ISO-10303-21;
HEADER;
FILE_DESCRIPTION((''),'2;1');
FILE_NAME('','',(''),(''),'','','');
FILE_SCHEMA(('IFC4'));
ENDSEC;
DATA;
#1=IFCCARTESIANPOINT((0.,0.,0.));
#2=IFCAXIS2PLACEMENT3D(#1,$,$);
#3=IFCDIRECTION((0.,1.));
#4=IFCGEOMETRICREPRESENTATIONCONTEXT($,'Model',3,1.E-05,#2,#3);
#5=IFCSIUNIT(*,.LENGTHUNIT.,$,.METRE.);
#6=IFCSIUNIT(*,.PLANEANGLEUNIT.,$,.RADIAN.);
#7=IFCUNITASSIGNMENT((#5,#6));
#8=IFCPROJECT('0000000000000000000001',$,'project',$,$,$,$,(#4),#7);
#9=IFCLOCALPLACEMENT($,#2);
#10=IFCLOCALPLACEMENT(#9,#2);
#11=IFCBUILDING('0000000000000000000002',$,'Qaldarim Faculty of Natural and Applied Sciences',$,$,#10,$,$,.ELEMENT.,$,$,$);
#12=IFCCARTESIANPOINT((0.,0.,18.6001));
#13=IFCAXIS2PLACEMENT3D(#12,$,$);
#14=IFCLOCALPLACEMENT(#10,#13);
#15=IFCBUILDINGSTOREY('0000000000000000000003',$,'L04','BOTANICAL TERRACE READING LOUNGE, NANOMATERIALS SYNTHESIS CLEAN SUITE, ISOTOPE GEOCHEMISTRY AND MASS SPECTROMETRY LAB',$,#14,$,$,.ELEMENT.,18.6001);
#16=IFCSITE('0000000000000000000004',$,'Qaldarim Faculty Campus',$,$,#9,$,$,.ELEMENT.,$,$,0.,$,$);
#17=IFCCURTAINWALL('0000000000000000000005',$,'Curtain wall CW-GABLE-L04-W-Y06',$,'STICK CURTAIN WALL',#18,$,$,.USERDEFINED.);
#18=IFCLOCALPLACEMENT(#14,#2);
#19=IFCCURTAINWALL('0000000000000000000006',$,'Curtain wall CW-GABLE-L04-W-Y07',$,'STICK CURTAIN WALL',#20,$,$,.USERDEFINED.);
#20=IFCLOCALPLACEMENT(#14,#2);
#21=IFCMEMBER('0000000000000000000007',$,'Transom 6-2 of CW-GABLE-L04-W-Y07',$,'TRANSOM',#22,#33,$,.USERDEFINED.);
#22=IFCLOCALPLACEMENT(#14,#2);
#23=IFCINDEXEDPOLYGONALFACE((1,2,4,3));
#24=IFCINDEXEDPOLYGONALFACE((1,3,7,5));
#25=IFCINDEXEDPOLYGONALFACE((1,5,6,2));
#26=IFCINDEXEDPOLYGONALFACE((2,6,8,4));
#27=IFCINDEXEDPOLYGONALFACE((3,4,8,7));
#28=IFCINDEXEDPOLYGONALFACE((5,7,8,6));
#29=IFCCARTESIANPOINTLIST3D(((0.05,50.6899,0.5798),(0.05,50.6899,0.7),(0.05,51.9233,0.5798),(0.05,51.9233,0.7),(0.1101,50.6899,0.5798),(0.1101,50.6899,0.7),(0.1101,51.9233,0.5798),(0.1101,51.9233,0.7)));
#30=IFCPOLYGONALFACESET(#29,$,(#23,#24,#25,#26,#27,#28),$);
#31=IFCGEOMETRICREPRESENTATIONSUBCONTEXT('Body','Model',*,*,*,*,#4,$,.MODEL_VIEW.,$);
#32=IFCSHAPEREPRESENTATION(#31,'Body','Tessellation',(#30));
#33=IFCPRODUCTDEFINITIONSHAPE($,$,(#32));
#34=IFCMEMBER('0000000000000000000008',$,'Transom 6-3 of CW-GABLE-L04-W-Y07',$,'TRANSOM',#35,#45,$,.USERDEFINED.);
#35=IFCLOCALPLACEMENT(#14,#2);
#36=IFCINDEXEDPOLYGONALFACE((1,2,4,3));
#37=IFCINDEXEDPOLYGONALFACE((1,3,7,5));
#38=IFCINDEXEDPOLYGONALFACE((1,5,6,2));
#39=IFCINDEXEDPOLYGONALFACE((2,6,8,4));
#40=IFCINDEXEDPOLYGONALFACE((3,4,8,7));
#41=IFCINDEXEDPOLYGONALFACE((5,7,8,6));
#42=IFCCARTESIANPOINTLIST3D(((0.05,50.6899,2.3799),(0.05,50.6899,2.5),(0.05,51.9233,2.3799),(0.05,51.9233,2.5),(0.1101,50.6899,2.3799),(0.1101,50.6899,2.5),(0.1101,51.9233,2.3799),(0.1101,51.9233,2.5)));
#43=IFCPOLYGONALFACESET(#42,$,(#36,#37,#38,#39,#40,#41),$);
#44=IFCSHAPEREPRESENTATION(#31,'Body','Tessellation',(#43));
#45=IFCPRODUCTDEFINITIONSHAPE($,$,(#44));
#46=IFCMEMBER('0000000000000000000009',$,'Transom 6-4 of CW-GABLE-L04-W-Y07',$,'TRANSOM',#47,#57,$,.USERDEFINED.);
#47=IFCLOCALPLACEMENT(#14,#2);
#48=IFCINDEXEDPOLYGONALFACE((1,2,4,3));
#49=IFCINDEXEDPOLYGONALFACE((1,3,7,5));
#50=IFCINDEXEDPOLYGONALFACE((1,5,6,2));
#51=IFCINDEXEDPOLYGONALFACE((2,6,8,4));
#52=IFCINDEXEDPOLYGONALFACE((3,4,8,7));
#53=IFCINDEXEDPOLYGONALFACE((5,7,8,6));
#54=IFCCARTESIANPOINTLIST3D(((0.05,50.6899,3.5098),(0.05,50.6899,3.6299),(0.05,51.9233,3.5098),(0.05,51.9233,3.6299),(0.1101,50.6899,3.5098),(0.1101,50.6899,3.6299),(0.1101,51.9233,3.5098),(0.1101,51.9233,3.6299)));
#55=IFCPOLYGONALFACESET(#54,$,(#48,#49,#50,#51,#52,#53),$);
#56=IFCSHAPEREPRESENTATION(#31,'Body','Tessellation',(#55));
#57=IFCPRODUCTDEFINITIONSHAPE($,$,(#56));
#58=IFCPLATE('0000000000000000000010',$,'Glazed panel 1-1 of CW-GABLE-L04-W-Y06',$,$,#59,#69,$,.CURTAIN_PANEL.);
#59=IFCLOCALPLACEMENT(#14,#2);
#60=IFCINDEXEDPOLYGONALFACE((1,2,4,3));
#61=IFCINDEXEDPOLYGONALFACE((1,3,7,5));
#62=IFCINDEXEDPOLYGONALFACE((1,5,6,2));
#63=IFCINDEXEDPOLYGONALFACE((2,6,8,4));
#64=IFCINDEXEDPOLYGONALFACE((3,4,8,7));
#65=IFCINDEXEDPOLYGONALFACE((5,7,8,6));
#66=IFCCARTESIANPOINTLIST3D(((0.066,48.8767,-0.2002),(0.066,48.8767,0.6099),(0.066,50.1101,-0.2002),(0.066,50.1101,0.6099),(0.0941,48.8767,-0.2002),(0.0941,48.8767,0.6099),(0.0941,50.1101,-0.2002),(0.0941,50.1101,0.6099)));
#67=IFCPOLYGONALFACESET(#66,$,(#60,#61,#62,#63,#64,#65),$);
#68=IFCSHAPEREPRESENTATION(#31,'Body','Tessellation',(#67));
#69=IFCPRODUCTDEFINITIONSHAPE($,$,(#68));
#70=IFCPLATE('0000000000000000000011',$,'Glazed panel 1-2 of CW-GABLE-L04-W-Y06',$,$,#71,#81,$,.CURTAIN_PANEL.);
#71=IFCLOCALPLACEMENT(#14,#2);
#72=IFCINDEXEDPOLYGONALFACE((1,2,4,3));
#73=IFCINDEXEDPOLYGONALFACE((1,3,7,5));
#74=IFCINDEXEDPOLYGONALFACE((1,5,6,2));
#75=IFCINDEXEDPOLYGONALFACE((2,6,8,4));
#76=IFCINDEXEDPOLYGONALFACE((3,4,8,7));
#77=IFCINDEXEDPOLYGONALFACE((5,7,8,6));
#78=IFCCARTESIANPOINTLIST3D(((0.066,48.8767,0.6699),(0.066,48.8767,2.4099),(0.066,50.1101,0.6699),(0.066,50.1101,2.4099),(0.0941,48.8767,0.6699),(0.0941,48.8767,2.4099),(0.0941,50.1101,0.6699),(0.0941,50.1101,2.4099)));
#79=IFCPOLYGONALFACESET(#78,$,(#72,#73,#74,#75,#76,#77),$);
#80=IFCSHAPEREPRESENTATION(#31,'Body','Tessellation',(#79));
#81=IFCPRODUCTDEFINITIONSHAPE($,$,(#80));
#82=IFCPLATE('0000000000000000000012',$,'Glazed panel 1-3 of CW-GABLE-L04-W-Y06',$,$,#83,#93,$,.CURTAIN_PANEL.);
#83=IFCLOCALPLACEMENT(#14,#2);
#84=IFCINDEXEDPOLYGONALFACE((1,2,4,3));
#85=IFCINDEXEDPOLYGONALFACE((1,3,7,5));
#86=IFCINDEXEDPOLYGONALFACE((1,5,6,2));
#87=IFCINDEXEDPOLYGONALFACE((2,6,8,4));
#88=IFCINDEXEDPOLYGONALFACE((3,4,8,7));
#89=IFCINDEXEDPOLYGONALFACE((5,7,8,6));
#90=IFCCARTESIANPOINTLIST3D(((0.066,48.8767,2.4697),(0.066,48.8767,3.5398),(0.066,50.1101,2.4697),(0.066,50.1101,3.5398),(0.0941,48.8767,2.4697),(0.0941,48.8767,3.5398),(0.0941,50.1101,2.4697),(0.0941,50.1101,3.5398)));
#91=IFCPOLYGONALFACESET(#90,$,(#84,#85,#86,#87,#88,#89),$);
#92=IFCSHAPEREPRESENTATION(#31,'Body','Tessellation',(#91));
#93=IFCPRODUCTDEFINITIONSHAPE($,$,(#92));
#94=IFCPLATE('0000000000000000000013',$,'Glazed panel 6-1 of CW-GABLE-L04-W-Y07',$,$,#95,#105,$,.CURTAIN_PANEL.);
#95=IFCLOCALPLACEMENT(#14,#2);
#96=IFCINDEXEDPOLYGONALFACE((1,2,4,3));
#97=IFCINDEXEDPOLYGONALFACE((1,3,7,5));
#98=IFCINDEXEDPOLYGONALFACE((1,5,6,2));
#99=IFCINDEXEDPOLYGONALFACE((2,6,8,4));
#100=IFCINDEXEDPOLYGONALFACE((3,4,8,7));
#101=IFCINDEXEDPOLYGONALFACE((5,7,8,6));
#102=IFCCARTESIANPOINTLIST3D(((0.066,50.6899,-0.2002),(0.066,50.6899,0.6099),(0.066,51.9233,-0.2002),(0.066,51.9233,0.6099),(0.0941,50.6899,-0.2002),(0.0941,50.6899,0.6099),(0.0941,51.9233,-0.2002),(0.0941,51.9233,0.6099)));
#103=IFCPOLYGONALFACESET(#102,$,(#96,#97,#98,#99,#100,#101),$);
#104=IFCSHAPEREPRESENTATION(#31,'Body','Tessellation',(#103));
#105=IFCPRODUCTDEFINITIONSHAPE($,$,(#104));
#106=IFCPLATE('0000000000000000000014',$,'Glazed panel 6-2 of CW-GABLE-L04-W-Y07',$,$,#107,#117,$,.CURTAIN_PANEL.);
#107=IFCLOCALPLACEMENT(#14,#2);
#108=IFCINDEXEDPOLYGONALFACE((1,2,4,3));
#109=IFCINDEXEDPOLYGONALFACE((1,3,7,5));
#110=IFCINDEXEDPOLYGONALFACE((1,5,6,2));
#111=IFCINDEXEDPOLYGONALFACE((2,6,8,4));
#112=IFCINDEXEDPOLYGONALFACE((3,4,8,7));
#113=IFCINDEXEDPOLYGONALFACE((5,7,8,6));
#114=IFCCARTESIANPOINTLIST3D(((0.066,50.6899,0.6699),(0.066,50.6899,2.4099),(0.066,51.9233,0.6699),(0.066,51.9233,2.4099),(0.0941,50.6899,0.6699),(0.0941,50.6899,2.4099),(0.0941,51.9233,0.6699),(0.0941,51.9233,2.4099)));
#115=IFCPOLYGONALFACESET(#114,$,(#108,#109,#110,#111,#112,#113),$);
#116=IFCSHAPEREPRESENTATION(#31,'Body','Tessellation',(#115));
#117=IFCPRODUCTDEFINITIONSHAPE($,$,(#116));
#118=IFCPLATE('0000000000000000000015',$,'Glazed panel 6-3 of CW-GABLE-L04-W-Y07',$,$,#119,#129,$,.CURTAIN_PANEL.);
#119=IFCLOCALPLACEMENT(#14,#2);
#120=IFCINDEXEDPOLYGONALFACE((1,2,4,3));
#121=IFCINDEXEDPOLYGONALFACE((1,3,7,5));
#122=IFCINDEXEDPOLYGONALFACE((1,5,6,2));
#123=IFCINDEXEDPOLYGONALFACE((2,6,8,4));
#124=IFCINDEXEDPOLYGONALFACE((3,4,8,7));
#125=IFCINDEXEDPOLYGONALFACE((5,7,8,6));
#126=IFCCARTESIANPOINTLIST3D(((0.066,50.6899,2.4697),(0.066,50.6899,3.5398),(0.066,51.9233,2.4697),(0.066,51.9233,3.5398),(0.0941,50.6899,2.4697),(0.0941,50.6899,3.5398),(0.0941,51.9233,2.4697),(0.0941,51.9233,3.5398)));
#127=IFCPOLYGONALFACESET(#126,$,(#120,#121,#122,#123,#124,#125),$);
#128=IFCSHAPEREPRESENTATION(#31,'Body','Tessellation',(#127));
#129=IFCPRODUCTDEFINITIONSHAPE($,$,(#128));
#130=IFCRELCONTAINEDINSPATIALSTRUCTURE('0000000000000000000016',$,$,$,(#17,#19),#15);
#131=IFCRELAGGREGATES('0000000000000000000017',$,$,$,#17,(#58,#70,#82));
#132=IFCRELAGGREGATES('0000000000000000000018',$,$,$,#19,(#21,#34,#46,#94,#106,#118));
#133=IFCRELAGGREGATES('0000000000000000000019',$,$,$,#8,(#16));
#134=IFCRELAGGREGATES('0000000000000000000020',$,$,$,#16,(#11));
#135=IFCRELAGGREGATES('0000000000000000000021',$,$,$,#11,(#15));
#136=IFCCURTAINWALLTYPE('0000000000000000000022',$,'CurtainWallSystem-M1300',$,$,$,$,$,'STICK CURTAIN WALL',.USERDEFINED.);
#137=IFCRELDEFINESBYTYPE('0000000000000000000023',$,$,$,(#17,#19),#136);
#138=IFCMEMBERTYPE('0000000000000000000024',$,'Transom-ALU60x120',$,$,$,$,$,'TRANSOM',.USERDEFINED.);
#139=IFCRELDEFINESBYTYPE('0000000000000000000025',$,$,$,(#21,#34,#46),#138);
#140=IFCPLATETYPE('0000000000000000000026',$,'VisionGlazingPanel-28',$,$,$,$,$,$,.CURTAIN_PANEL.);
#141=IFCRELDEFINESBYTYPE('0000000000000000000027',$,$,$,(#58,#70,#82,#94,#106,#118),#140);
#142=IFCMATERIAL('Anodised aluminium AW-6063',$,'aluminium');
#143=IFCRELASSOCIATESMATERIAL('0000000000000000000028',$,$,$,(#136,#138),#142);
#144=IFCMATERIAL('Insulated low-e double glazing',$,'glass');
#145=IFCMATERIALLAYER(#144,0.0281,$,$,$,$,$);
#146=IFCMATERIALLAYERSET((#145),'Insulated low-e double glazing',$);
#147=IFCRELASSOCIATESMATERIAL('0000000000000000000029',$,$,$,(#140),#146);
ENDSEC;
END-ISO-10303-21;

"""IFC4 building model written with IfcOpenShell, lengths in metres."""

from ifc_helpers import new_model, si_unit, direction, frame, origin, origin_2d, place, context, subcontext, project, spatial, rectangle, extrude, material, layer, layer_set, material_profile, profile_set, type_object, element, aggregate, save


model = new_model("IFC4")

# Units and contexts
model_context = context("Model", 3, precision=1e-05, world=origin(), true_north=direction((0.0, 1.0)))
body_context = subcontext(model_context, "Body", "Model", "MODEL_VIEW")
ifc_project = project(units=[si_unit("LENGTHUNIT", "METRE"), si_unit("PLANEANGLEUNIT", "RADIAN")], contexts=[model_context])

# Site, building, storey
site_placement = place(None, origin())
site = spatial("IfcSite", under=ifc_project, at=site_placement, Name="Qaldarim Faculty Campus", CompositionType="ELEMENT", RefElevation=0.0)
building_placement = place(site_placement, origin())
building = spatial("IfcBuilding", under=site, at=building_placement, Name="Qaldarim Faculty of Natural and Applied Sciences", CompositionType="ELEMENT")
storey_placement = place(building_placement, frame((0.0, 0.0, 18.6001)))
storey = spatial("IfcBuildingStorey", under=building, at=storey_placement, Name="L04", Description="BOTANICAL TERRACE READING LOUNGE, NANOMATERIALS SYNTHESIS CLEAN SUITE, ISOTOPE GEOCHEMISTRY AND MASS SPECTROMETRY LAB", CompositionType="ELEMENT", Elevation=18.6001)

# Curtain wall
ifc_material_1 = material(Name="Anodised aluminium AW-6063", Category="aluminium")
curtain_wall_type = type_object("IfcCurtainWallType", Name="CurtainWallSystem-M1300", ElementType="STICK CURTAIN WALL", PredefinedType="USERDEFINED", material=ifc_material_1)
curtain_wall_1_placement = place(storey_placement, origin())
curtain_wall_1 = element("IfcCurtainWall", 1, at=curtain_wall_1_placement, inside=storey, type_object=curtain_wall_type, Name="Curtain wall CW-GABLE-L04-W-Y06", ObjectType="STICK CURTAIN WALL", PredefinedType="USERDEFINED")

# Curtain wall
curtain_wall_2_placement = place(storey_placement, origin())
curtain_wall_2 = element("IfcCurtainWall", 2, at=curtain_wall_2_placement, inside=storey, type_object=curtain_wall_type, Name="Curtain wall CW-GABLE-L04-W-Y07", ObjectType="STICK CURTAIN WALL", PredefinedType="USERDEFINED")

# Members
ifc_material_profile_1 = material_profile(ifc_material_1, rectangle(XDim=0.0601, YDim=0.1201, at=origin_2d()), Name="ALU-T60x120")
ifc_profile_set_1 = profile_set([ifc_material_profile_1], Name="Anodised aluminium AW-6063")
member_type_1 = type_object("IfcMemberType", Name="Transom-ALU60x120", ElementType="TRANSOM", PredefinedType="USERDEFINED", material=ifc_profile_set_1)
member_1_placement = place(storey_placement, frame((0.0801, 51.9233, 0.6399), z_axis=(0.0, -1.0, 0.0), x_axis=(1.0, 0.0, 0.0)))
member_1 = element("IfcMember", 3, at=member_1_placement, type_object=member_type_1, Name="Transom 6-2 of CW-GABLE-L04-W-Y07", ObjectType="TRANSOM", PredefinedType="USERDEFINED", context=body_context, shape_type="SweptSolid", body=[
    extrude(rectangle(XDim=0.0601, YDim=0.1201, at=origin_2d()), origin(), (0.0, 0.0, 1.0), 1.2334),
])
member_2_placement = place(storey_placement, frame((0.0801, 51.9233, 2.4399), z_axis=(0.0, -1.0, 0.0), x_axis=(1.0, 0.0, 0.0)))
member_2 = element("IfcMember", 4, at=member_2_placement, type_object=member_type_1, Name="Transom 6-3 of CW-GABLE-L04-W-Y07", ObjectType="TRANSOM", PredefinedType="USERDEFINED", context=body_context, shape_type="SweptSolid", body=[
    extrude(rectangle(XDim=0.0601, YDim=0.1201, at=origin_2d()), origin(), (0.0, 0.0, 1.0), 1.2334),
])
member_3_placement = place(storey_placement, frame((0.0801, 51.9233, 3.5698), z_axis=(0.0, -1.0, 0.0), x_axis=(1.0, 0.0, 0.0)))
member_3 = element("IfcMember", 5, at=member_3_placement, type_object=member_type_1, Name="Transom 6-4 of CW-GABLE-L04-W-Y07", ObjectType="TRANSOM", PredefinedType="USERDEFINED", context=body_context, shape_type="SweptSolid", body=[
    extrude(rectangle(XDim=0.0601, YDim=0.1201, at=origin_2d()), origin(), (0.0, 0.0, 1.0), 1.2334),
])

# Plates
ifc_material_2 = material(Name="Insulated low-e double glazing", Category="glass")
ifc_layer = layer(ifc_material_2, 0.0281)
ifc_layer_set = layer_set([ifc_layer], Name="Insulated low-e double glazing")
plate_type = type_object("IfcPlateType", Name="VisionGlazingPanel-28", PredefinedType="CURTAIN_PANEL", material=ifc_layer_set)
plate_1_placement = place(storey_placement, frame((0.0801, 49.4934, -0.2002), z_axis=(0.0, 0.0, 1.0), x_axis=(0.0, -1.0, 0.0)))
plate_1 = element("IfcPlate", 6, at=plate_1_placement, type_object=plate_type, Name="Glazed panel 1-1 of CW-GABLE-L04-W-Y06", PredefinedType="CURTAIN_PANEL", context=body_context, shape_type="SweptSolid", body=[
    extrude(rectangle(XDim=1.2334, YDim=0.0281, at=origin_2d()), origin(), (0.0, 0.0, 1.0), 0.8101),
])
plate_2_placement = place(storey_placement, frame((0.0801, 49.4934, 0.6699), z_axis=(0.0, 0.0, 1.0), x_axis=(0.0, -1.0, 0.0)))
plate_2 = element("IfcPlate", 7, at=plate_2_placement, type_object=plate_type, Name="Glazed panel 1-2 of CW-GABLE-L04-W-Y06", PredefinedType="CURTAIN_PANEL", context=body_context, shape_type="SweptSolid", body=[
    extrude(rectangle(XDim=1.2334, YDim=0.0281, at=origin_2d()), origin(), (0.0, 0.0, 1.0), 1.74),
])
plate_3_placement = place(storey_placement, frame((0.0801, 49.4934, 2.4697), z_axis=(0.0, 0.0, 1.0), x_axis=(0.0, -1.0, 0.0)))
plate_3 = element("IfcPlate", 8, at=plate_3_placement, type_object=plate_type, Name="Glazed panel 1-3 of CW-GABLE-L04-W-Y06", PredefinedType="CURTAIN_PANEL", context=body_context, shape_type="SweptSolid", body=[
    extrude(rectangle(XDim=1.2334, YDim=0.0281, at=origin_2d()), origin(), (0.0, 0.0, 1.0), 1.0701),
])
aggregate(curtain_wall_1, [plate_1, plate_2, plate_3])
plate_4_placement = place(storey_placement, frame((0.0801, 51.3066, -0.2002), z_axis=(0.0, 0.0, 1.0), x_axis=(0.0, -1.0, 0.0)))
plate_4 = element("IfcPlate", 9, at=plate_4_placement, type_object=plate_type, Name="Glazed panel 6-1 of CW-GABLE-L04-W-Y07", PredefinedType="CURTAIN_PANEL", context=body_context, shape_type="SweptSolid", body=[
    extrude(rectangle(XDim=1.2334, YDim=0.0281, at=origin_2d()), origin(), (0.0, 0.0, 1.0), 0.8101),
])
plate_5_placement = place(storey_placement, frame((0.0801, 51.3066, 0.6699), z_axis=(0.0, 0.0, 1.0), x_axis=(0.0, -1.0, 0.0)))
plate_5 = element("IfcPlate", 10, at=plate_5_placement, type_object=plate_type, Name="Glazed panel 6-2 of CW-GABLE-L04-W-Y07", PredefinedType="CURTAIN_PANEL", context=body_context, shape_type="SweptSolid", body=[
    extrude(rectangle(XDim=1.2334, YDim=0.0281, at=origin_2d()), origin(), (0.0, 0.0, 1.0), 1.74),
])
plate_6_placement = place(storey_placement, frame((0.0801, 51.3066, 2.4697), z_axis=(0.0, 0.0, 1.0), x_axis=(0.0, -1.0, 0.0)))
plate_6 = element("IfcPlate", 11, at=plate_6_placement, type_object=plate_type, Name="Glazed panel 6-3 of CW-GABLE-L04-W-Y07", PredefinedType="CURTAIN_PANEL", context=body_context, shape_type="SweptSolid", body=[
    extrude(rectangle(XDim=1.2334, YDim=0.0281, at=origin_2d()), origin(), (0.0, 0.0, 1.0), 1.0701),
])
aggregate(curtain_wall_2, [member_1, member_2, member_3, plate_4, plate_5, plate_6])

save(model, "model.ifc")
